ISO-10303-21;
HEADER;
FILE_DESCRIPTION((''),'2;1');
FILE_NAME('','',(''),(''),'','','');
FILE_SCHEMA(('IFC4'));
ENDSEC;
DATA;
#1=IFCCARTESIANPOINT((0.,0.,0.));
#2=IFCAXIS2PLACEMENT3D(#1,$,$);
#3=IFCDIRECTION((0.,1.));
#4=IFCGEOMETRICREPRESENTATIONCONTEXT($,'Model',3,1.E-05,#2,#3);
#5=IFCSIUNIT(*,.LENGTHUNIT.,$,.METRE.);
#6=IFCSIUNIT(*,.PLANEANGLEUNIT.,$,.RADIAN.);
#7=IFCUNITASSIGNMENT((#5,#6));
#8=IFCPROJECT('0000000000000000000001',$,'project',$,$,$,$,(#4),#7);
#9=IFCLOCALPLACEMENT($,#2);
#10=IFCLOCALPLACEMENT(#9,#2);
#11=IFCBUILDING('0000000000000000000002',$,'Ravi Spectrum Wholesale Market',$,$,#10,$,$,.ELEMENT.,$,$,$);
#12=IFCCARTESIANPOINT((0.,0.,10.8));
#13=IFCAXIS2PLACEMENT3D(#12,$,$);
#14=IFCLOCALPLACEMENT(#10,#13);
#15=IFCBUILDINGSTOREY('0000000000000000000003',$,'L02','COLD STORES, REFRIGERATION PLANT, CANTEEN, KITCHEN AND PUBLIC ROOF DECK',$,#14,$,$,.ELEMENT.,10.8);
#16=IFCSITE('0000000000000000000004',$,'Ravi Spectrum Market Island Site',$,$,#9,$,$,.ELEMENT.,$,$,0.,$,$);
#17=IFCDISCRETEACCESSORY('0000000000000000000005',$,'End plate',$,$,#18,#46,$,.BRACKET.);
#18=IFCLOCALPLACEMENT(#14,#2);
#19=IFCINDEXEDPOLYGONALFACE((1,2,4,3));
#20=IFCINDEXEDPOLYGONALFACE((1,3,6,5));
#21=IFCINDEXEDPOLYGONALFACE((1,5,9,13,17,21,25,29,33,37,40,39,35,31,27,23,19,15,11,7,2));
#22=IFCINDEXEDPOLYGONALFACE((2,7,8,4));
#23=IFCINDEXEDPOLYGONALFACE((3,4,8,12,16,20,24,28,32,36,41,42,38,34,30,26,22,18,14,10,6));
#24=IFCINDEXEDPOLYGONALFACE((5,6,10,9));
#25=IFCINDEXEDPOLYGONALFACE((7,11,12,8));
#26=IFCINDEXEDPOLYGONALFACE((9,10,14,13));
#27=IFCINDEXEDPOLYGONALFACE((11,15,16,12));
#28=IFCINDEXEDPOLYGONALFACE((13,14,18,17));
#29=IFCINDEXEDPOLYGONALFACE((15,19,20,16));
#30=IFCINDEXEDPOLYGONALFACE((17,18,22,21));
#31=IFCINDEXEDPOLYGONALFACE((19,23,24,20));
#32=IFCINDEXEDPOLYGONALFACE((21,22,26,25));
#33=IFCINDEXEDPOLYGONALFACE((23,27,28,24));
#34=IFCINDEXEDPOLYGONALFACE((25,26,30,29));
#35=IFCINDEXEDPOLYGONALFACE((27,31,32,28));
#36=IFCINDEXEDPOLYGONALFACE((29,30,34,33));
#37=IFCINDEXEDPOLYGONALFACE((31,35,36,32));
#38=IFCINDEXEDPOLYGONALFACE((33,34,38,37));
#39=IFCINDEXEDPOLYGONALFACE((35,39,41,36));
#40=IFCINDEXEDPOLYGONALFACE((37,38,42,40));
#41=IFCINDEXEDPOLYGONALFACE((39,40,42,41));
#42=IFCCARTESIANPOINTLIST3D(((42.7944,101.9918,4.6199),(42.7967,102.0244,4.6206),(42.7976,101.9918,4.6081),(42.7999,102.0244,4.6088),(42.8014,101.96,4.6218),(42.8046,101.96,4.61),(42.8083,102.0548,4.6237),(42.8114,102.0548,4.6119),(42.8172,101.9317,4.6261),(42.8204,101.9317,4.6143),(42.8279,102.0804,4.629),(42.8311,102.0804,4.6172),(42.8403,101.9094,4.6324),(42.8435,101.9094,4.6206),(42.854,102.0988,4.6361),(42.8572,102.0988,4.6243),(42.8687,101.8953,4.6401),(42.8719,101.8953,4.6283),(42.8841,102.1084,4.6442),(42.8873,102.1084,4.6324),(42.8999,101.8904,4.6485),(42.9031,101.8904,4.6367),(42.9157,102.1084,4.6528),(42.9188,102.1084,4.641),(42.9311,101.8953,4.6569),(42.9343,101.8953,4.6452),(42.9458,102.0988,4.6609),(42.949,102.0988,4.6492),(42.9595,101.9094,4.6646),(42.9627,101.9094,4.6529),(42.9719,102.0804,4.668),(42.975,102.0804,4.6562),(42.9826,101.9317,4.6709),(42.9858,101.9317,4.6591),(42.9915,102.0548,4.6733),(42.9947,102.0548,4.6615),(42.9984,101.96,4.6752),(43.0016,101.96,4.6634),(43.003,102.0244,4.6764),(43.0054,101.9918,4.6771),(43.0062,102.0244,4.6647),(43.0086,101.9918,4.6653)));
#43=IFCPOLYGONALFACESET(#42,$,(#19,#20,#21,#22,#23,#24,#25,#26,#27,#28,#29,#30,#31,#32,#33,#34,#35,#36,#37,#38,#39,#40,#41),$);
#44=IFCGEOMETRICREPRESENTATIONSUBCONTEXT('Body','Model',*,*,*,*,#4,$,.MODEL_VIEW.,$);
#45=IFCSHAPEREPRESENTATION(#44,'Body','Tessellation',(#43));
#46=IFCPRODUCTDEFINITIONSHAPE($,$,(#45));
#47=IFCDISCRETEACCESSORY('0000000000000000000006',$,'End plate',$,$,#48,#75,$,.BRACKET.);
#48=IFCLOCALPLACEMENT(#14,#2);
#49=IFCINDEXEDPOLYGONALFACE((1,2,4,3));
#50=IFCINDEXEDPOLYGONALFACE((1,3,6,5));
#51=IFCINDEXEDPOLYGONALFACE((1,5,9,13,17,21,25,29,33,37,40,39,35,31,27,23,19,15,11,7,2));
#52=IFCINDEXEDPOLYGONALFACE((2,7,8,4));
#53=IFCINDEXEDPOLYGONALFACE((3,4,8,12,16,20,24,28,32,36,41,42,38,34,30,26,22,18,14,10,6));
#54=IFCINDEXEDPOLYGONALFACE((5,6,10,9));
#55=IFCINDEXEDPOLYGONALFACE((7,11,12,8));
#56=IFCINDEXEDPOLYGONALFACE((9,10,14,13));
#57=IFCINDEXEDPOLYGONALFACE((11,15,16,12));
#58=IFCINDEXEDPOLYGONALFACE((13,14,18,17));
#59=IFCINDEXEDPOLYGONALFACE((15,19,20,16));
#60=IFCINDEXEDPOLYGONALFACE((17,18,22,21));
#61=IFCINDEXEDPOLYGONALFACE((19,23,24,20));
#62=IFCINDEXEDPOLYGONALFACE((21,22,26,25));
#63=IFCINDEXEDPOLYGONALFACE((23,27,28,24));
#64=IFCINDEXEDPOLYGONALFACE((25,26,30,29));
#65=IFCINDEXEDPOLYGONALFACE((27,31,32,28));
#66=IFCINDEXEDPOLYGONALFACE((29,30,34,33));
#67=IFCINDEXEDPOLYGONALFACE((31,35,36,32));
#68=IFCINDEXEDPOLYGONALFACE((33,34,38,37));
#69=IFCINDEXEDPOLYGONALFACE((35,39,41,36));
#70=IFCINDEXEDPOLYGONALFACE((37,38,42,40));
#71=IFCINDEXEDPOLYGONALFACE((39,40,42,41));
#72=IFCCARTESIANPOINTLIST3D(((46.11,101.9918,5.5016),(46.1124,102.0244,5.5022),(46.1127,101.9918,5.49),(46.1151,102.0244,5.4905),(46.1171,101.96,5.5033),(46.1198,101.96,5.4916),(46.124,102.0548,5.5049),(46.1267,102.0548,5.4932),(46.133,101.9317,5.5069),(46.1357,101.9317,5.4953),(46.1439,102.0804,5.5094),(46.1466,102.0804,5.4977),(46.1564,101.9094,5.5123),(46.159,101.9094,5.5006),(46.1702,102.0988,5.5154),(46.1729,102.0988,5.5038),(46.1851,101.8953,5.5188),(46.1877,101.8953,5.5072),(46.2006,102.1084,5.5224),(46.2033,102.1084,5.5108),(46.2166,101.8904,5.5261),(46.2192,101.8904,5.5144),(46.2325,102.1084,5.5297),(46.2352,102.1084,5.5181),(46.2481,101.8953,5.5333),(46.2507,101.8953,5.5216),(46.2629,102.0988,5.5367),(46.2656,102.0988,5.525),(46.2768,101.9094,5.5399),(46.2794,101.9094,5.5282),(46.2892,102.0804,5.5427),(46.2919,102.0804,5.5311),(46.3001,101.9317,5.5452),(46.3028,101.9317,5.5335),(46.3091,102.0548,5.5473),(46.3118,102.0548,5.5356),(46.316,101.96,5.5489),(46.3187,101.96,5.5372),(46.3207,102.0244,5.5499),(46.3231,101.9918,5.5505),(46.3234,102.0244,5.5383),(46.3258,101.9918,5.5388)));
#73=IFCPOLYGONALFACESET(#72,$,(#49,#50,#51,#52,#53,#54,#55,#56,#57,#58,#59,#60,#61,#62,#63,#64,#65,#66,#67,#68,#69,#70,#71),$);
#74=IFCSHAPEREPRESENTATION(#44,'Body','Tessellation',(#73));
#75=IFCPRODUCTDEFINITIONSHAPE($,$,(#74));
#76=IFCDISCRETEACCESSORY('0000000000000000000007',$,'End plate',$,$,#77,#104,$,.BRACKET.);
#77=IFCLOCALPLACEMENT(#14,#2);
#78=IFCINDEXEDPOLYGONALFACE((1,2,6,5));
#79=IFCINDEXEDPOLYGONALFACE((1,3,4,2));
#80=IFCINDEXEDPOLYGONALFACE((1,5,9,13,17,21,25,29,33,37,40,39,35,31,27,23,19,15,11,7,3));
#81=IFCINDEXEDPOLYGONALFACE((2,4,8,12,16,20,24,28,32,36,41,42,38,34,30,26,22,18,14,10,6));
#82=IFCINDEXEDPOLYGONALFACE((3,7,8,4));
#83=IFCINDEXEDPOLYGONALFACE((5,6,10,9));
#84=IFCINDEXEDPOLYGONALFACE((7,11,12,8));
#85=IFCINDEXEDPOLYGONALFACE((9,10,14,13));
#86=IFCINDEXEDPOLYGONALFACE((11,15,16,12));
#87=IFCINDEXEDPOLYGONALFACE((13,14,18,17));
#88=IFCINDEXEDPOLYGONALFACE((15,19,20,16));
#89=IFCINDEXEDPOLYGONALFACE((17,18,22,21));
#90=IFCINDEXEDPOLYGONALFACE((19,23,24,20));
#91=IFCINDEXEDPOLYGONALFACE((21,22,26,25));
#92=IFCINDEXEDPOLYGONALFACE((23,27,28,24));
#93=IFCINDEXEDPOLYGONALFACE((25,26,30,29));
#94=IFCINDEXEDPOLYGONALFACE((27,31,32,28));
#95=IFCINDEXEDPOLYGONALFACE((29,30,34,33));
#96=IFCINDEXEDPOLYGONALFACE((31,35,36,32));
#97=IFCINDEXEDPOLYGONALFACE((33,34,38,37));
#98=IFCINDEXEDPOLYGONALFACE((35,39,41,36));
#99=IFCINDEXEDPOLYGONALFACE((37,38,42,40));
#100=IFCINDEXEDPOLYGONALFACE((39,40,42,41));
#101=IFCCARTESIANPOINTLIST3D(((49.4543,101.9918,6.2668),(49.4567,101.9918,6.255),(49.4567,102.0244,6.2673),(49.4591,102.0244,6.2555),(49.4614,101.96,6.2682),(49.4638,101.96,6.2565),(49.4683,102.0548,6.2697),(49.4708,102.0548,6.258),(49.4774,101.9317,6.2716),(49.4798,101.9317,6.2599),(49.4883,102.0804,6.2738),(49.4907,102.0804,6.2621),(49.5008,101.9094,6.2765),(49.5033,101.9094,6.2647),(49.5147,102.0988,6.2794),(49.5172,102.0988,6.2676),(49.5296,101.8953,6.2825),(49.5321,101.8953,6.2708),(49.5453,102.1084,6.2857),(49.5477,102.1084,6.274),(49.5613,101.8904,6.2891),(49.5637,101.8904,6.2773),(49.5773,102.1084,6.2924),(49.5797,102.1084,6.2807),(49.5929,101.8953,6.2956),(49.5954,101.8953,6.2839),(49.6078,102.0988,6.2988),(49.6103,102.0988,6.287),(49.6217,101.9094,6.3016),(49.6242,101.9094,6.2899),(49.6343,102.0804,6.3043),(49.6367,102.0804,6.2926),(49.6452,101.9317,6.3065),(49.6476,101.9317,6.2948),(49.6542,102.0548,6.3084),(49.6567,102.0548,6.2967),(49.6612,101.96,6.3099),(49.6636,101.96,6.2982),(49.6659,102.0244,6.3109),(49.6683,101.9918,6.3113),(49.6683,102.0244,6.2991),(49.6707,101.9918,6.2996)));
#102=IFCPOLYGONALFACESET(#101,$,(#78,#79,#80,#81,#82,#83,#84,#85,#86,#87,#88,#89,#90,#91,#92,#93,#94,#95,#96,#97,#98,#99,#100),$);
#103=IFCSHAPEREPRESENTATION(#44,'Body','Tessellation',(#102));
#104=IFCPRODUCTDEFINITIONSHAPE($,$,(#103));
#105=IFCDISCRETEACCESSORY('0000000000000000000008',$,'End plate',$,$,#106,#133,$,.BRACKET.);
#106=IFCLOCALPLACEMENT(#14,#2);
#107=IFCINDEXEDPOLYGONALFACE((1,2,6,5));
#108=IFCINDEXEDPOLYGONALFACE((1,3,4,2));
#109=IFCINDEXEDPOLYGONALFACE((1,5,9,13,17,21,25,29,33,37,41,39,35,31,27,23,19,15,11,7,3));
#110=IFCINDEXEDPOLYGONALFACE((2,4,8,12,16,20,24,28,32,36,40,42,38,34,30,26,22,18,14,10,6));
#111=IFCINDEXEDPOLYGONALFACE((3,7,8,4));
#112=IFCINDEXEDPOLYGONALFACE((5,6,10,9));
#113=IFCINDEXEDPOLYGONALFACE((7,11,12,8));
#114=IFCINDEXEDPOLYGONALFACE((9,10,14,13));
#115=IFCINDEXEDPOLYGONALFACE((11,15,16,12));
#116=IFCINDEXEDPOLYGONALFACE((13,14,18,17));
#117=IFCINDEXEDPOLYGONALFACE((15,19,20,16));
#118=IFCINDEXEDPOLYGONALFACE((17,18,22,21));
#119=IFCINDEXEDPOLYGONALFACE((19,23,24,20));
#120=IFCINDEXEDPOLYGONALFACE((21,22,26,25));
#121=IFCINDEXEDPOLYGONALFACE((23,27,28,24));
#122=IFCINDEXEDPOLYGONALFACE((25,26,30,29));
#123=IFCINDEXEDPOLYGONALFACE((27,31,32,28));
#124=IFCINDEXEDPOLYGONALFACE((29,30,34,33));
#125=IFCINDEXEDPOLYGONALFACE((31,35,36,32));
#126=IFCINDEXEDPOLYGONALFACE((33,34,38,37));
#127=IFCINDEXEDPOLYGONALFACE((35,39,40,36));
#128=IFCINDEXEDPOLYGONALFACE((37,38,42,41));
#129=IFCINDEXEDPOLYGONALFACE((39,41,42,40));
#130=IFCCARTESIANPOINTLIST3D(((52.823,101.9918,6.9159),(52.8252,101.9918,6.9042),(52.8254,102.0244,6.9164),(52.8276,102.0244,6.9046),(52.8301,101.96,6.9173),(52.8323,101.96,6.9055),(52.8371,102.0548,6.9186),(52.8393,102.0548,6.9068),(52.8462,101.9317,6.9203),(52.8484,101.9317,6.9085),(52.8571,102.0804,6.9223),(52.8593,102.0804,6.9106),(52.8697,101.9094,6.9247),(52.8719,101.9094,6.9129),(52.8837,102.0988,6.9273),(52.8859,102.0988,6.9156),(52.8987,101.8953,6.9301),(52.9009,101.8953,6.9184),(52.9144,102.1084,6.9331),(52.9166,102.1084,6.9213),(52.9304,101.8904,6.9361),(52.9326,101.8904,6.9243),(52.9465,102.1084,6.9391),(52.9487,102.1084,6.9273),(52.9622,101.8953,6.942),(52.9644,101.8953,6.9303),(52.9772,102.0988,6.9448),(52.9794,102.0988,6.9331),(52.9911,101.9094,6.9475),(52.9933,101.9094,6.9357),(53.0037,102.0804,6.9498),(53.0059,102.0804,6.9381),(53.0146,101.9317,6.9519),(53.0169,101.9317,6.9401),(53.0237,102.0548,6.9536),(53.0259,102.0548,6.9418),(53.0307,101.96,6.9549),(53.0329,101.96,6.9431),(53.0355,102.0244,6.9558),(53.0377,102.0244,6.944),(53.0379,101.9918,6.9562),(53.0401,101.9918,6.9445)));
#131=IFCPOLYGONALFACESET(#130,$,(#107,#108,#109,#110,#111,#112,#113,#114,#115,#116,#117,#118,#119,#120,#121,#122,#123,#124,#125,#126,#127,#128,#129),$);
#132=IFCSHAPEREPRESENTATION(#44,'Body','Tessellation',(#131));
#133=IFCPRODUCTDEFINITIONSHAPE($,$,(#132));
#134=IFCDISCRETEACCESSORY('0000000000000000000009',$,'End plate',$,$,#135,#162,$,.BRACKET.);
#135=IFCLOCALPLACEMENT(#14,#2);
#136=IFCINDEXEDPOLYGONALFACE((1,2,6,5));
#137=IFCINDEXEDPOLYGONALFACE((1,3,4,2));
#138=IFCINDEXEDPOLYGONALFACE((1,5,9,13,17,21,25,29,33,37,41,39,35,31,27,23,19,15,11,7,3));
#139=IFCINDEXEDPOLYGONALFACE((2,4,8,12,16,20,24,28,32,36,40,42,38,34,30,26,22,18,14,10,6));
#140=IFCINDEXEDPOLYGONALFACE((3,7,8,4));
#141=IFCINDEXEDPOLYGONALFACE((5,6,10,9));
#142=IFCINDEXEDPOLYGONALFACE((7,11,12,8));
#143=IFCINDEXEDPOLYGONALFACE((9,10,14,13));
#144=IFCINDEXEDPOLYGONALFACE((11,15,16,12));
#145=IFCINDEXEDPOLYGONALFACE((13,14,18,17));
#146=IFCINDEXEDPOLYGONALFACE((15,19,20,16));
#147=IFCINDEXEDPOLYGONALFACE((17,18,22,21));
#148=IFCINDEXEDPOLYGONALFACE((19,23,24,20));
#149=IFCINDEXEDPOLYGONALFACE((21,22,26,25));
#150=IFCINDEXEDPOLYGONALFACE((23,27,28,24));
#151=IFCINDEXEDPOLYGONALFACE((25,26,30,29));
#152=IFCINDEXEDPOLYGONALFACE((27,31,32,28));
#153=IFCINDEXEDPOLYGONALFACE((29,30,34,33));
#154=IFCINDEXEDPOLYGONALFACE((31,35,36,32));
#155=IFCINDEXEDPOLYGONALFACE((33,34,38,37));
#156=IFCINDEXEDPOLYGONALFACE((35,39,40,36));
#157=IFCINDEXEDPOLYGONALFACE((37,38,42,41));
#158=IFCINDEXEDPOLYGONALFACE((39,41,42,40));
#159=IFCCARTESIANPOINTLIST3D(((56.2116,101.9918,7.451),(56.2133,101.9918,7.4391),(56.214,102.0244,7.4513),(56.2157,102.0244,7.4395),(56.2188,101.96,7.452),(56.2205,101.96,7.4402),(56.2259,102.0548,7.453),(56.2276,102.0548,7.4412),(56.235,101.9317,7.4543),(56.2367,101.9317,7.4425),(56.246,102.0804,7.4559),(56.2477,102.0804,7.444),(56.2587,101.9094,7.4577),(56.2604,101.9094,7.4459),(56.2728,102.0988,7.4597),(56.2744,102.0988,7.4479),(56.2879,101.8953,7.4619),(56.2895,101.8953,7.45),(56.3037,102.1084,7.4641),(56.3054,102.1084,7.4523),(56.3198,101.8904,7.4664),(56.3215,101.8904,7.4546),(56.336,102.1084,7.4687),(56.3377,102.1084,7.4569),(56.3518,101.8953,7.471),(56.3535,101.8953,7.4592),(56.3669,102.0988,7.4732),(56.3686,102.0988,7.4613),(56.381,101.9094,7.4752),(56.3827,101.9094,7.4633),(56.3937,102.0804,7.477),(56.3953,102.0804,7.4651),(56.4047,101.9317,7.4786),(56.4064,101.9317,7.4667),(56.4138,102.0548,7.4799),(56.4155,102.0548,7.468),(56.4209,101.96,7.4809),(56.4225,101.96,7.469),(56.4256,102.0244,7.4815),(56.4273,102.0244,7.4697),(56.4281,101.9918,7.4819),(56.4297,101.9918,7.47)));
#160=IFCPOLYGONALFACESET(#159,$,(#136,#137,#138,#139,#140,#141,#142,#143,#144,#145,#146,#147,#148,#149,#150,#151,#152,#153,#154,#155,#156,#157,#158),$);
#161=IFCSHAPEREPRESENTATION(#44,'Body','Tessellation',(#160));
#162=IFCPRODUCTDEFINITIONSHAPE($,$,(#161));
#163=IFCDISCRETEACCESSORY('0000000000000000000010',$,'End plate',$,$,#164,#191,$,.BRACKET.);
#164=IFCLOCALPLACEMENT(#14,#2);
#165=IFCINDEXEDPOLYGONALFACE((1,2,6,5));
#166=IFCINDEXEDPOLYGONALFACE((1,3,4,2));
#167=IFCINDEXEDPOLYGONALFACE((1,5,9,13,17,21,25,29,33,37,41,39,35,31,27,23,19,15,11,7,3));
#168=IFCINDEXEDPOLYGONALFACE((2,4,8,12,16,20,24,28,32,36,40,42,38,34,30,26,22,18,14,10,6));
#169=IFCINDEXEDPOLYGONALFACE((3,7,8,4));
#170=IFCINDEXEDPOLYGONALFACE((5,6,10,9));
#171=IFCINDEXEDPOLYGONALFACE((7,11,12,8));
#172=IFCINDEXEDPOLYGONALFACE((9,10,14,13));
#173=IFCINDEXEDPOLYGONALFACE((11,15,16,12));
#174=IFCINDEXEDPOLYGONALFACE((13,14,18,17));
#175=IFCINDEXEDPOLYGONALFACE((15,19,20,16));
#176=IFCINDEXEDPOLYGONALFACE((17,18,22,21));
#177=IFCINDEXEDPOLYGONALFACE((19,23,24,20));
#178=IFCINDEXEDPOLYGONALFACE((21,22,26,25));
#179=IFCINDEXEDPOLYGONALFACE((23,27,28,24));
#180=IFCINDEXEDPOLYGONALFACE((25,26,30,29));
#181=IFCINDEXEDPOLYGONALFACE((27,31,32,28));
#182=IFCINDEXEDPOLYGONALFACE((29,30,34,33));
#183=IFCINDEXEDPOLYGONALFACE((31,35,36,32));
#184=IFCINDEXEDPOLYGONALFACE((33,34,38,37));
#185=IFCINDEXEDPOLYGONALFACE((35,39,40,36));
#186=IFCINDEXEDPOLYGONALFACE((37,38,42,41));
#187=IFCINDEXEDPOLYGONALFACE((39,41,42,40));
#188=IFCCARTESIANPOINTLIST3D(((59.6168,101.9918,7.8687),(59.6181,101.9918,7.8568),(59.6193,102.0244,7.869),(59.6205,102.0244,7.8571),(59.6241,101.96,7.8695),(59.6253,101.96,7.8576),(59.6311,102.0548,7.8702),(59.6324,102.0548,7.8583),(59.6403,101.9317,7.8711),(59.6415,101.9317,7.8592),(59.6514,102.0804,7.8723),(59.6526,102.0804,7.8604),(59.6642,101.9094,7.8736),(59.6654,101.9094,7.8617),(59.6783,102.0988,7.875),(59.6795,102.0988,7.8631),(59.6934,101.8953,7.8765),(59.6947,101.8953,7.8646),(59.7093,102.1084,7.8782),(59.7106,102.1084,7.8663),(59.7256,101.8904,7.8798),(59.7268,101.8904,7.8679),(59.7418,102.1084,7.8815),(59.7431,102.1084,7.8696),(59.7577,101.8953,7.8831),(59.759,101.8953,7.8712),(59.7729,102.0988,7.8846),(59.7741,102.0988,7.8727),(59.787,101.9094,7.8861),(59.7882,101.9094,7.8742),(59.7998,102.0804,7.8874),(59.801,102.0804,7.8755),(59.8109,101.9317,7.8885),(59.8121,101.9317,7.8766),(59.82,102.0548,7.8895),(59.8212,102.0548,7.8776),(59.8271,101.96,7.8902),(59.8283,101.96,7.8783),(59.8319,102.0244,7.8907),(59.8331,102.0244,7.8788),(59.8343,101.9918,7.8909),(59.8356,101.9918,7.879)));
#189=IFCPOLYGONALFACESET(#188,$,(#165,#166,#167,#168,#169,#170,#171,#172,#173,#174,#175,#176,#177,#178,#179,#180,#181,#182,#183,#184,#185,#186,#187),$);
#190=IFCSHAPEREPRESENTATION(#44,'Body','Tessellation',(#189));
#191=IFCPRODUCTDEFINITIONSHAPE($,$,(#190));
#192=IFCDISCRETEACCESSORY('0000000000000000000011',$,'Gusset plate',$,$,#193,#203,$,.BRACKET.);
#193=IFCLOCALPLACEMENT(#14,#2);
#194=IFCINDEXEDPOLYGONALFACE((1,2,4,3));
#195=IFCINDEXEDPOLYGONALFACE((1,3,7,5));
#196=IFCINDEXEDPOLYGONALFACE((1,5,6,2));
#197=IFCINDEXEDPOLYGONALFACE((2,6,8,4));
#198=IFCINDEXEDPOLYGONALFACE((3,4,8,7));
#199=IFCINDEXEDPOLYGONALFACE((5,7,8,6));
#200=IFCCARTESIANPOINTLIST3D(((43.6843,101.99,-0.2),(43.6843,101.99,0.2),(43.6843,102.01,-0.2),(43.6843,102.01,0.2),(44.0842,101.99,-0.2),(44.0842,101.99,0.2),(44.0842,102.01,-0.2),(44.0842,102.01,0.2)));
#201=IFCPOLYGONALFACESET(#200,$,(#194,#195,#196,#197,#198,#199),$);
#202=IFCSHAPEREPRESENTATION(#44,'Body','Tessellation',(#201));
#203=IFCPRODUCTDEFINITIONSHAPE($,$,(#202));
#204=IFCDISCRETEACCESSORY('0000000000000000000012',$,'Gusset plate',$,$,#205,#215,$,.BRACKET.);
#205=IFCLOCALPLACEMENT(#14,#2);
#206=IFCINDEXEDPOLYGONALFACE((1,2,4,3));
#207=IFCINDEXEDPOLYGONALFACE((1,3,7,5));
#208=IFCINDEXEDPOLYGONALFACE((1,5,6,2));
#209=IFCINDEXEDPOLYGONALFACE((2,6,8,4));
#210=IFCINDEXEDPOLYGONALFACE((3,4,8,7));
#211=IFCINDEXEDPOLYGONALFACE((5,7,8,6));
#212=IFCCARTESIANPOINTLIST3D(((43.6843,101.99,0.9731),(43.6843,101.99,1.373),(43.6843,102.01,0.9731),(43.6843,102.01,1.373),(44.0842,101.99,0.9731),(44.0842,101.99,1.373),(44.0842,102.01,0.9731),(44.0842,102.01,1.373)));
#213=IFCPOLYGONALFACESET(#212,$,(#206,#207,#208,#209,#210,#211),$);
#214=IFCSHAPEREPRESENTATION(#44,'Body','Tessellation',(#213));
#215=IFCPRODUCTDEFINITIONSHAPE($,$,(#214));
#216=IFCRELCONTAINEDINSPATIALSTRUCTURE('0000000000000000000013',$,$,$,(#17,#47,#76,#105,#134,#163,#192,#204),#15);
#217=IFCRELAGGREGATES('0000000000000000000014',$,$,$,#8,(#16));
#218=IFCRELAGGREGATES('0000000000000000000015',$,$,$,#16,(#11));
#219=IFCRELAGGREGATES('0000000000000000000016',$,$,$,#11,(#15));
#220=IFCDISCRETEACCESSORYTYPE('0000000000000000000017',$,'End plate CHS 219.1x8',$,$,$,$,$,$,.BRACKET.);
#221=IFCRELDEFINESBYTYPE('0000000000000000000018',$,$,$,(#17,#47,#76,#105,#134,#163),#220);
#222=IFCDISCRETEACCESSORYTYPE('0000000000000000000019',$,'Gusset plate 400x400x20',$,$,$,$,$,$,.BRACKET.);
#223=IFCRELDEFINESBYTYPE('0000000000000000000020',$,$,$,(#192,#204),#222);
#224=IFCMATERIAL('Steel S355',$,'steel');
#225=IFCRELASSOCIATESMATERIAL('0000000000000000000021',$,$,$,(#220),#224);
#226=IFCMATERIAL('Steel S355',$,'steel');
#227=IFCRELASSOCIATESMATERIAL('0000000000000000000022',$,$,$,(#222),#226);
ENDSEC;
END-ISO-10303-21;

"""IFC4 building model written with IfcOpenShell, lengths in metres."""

from ifc_helpers import new_model, si_unit, direction, frame, origin, origin_2d, place, context, subcontext, project, spatial, rectangle, circle, extrude, material, material_profile, profile_set, type_object, element, save


model = new_model("IFC4")

# Units and contexts
model_context = context("Model", 3, precision=1e-05, world=origin(), true_north=direction((0.0, 1.0)))
body_context = subcontext(model_context, "Body", "Model", "MODEL_VIEW")
ifc_project = project(units=[si_unit("LENGTHUNIT", "METRE"), si_unit("PLANEANGLEUNIT", "RADIAN")], contexts=[model_context])

# Site, building, storey
site_placement = place(None, origin())
site = spatial("IfcSite", under=ifc_project, at=site_placement, Name="Ravi Spectrum Market Island Site", CompositionType="ELEMENT", RefElevation=0.0)
building_placement = place(site_placement, origin())
building = spatial("IfcBuilding", under=site, at=building_placement, Name="Ravi Spectrum Wholesale Market", CompositionType="ELEMENT")
storey_placement = place(building_placement, frame((0.0, 0.0, 10.8)))
storey = spatial("IfcBuildingStorey", under=building, at=storey_placement, Name="L02", Description="COLD STORES, REFRIGERATION PLANT, CANTEEN, KITCHEN AND PUBLIC ROOF DECK", CompositionType="ELEMENT", Elevation=10.8)

# Discrete accessories
ifc_material_1 = material(Name="Steel S355", Category="steel")
ifc_material_profile_1 = material_profile(ifc_material_1, circle(Radius=0.1096, at=origin_2d()))
ifc_profile_set_1 = profile_set([ifc_material_profile_1], Name="Steel S355")
discrete_accessory_type_1 = type_object("IfcDiscreteAccessoryType", Name="End plate CHS 219.1x8", PredefinedType="BRACKET", material=ifc_profile_set_1)
discrete_accessory_placement = place(storey_placement, frame((42.9031, 102.0, 4.6367), z_axis=(-0.261415, 0.0, 0.965226), x_axis=(0.0, -1.0, 0.0)))
element("IfcDiscreteAccessory", 1, at=discrete_accessory_placement, inside=storey, type_object=discrete_accessory_type_1, Name="End plate", PredefinedType="BRACKET", context=body_context, shape_type="SweptSolid", body=[
    extrude(circle(Radius=0.1096, at=origin_2d()), origin(), (0.0, 0.0, 1.0), 0.0122),
])
for number, where, z_axis, x_axis, name in (
    (2, (46.2192, 102.0, 5.5144), (-0.223376, 0.0, 0.974732), (0.0, -1.0, 0.0), "End plate"),
    (3, (49.5637, 102.0, 6.2773), (-0.203954, 0.0, 0.97898), (0.0, -1.0, 0.0), "End plate"),
    (4, (52.9326, 102.0, 6.9243), (-0.184289, 0.0, 0.982872), (0.0, -1.0, 0.0), "End plate"),
    (5, (56.3215, 102.0, 7.4546), (-0.141421, 0.0, 0.989949), (0.0, -1.0, 0.0), "End plate"),
    (6, (59.7268, 102.0, 7.8679), (-0.101514, 0.0, 0.994834), (0.0, -1.0, 0.0), "End plate"),
):
    element("IfcDiscreteAccessory", number, at=place(storey_placement, frame(where, z_axis=z_axis, x_axis=x_axis)), inside=storey, type_object=discrete_accessory_type_1, Name=name, PredefinedType="BRACKET", context=body_context, shape_type="SweptSolid", body=[
        extrude(circle(Radius=0.1096, at=origin_2d()), origin(), (0.0, 0.0, 1.0), 0.012),
    ])
ifc_material_2 = material(Name="Steel S355", Category="steel")
ifc_material_profile_2 = material_profile(ifc_material_2, rectangle(XDim=0.3999, YDim=0.02, at=origin_2d()))
ifc_profile_set_2 = profile_set([ifc_material_profile_2], Name="Steel S355")
discrete_accessory_type_2 = type_object("IfcDiscreteAccessoryType", Name="Gusset plate 400x400x20", PredefinedType="BRACKET", material=ifc_profile_set_2)
for number, where, z_axis, x_axis, name in (
    (7, (43.8843, 102.0, -0.2), (0.0, 0.0, 1.0), (1.0, 0.0, 0.0), "Gusset plate"),
    (8, (43.8843, 102.0, 0.9731), (0.0, 0.0, 1.0), (1.0, 0.0, 0.0), "Gusset plate"),
):
    element("IfcDiscreteAccessory", number, at=place(storey_placement, frame(where, z_axis=z_axis, x_axis=x_axis)), inside=storey, type_object=discrete_accessory_type_2, Name=name, PredefinedType="BRACKET", context=body_context, shape_type="SweptSolid", body=[
        extrude(rectangle(XDim=0.3999, YDim=0.02, at=origin_2d()), origin(), (0.0, 0.0, 1.0), 0.3999),
    ])

save(model, "model.ifc")
